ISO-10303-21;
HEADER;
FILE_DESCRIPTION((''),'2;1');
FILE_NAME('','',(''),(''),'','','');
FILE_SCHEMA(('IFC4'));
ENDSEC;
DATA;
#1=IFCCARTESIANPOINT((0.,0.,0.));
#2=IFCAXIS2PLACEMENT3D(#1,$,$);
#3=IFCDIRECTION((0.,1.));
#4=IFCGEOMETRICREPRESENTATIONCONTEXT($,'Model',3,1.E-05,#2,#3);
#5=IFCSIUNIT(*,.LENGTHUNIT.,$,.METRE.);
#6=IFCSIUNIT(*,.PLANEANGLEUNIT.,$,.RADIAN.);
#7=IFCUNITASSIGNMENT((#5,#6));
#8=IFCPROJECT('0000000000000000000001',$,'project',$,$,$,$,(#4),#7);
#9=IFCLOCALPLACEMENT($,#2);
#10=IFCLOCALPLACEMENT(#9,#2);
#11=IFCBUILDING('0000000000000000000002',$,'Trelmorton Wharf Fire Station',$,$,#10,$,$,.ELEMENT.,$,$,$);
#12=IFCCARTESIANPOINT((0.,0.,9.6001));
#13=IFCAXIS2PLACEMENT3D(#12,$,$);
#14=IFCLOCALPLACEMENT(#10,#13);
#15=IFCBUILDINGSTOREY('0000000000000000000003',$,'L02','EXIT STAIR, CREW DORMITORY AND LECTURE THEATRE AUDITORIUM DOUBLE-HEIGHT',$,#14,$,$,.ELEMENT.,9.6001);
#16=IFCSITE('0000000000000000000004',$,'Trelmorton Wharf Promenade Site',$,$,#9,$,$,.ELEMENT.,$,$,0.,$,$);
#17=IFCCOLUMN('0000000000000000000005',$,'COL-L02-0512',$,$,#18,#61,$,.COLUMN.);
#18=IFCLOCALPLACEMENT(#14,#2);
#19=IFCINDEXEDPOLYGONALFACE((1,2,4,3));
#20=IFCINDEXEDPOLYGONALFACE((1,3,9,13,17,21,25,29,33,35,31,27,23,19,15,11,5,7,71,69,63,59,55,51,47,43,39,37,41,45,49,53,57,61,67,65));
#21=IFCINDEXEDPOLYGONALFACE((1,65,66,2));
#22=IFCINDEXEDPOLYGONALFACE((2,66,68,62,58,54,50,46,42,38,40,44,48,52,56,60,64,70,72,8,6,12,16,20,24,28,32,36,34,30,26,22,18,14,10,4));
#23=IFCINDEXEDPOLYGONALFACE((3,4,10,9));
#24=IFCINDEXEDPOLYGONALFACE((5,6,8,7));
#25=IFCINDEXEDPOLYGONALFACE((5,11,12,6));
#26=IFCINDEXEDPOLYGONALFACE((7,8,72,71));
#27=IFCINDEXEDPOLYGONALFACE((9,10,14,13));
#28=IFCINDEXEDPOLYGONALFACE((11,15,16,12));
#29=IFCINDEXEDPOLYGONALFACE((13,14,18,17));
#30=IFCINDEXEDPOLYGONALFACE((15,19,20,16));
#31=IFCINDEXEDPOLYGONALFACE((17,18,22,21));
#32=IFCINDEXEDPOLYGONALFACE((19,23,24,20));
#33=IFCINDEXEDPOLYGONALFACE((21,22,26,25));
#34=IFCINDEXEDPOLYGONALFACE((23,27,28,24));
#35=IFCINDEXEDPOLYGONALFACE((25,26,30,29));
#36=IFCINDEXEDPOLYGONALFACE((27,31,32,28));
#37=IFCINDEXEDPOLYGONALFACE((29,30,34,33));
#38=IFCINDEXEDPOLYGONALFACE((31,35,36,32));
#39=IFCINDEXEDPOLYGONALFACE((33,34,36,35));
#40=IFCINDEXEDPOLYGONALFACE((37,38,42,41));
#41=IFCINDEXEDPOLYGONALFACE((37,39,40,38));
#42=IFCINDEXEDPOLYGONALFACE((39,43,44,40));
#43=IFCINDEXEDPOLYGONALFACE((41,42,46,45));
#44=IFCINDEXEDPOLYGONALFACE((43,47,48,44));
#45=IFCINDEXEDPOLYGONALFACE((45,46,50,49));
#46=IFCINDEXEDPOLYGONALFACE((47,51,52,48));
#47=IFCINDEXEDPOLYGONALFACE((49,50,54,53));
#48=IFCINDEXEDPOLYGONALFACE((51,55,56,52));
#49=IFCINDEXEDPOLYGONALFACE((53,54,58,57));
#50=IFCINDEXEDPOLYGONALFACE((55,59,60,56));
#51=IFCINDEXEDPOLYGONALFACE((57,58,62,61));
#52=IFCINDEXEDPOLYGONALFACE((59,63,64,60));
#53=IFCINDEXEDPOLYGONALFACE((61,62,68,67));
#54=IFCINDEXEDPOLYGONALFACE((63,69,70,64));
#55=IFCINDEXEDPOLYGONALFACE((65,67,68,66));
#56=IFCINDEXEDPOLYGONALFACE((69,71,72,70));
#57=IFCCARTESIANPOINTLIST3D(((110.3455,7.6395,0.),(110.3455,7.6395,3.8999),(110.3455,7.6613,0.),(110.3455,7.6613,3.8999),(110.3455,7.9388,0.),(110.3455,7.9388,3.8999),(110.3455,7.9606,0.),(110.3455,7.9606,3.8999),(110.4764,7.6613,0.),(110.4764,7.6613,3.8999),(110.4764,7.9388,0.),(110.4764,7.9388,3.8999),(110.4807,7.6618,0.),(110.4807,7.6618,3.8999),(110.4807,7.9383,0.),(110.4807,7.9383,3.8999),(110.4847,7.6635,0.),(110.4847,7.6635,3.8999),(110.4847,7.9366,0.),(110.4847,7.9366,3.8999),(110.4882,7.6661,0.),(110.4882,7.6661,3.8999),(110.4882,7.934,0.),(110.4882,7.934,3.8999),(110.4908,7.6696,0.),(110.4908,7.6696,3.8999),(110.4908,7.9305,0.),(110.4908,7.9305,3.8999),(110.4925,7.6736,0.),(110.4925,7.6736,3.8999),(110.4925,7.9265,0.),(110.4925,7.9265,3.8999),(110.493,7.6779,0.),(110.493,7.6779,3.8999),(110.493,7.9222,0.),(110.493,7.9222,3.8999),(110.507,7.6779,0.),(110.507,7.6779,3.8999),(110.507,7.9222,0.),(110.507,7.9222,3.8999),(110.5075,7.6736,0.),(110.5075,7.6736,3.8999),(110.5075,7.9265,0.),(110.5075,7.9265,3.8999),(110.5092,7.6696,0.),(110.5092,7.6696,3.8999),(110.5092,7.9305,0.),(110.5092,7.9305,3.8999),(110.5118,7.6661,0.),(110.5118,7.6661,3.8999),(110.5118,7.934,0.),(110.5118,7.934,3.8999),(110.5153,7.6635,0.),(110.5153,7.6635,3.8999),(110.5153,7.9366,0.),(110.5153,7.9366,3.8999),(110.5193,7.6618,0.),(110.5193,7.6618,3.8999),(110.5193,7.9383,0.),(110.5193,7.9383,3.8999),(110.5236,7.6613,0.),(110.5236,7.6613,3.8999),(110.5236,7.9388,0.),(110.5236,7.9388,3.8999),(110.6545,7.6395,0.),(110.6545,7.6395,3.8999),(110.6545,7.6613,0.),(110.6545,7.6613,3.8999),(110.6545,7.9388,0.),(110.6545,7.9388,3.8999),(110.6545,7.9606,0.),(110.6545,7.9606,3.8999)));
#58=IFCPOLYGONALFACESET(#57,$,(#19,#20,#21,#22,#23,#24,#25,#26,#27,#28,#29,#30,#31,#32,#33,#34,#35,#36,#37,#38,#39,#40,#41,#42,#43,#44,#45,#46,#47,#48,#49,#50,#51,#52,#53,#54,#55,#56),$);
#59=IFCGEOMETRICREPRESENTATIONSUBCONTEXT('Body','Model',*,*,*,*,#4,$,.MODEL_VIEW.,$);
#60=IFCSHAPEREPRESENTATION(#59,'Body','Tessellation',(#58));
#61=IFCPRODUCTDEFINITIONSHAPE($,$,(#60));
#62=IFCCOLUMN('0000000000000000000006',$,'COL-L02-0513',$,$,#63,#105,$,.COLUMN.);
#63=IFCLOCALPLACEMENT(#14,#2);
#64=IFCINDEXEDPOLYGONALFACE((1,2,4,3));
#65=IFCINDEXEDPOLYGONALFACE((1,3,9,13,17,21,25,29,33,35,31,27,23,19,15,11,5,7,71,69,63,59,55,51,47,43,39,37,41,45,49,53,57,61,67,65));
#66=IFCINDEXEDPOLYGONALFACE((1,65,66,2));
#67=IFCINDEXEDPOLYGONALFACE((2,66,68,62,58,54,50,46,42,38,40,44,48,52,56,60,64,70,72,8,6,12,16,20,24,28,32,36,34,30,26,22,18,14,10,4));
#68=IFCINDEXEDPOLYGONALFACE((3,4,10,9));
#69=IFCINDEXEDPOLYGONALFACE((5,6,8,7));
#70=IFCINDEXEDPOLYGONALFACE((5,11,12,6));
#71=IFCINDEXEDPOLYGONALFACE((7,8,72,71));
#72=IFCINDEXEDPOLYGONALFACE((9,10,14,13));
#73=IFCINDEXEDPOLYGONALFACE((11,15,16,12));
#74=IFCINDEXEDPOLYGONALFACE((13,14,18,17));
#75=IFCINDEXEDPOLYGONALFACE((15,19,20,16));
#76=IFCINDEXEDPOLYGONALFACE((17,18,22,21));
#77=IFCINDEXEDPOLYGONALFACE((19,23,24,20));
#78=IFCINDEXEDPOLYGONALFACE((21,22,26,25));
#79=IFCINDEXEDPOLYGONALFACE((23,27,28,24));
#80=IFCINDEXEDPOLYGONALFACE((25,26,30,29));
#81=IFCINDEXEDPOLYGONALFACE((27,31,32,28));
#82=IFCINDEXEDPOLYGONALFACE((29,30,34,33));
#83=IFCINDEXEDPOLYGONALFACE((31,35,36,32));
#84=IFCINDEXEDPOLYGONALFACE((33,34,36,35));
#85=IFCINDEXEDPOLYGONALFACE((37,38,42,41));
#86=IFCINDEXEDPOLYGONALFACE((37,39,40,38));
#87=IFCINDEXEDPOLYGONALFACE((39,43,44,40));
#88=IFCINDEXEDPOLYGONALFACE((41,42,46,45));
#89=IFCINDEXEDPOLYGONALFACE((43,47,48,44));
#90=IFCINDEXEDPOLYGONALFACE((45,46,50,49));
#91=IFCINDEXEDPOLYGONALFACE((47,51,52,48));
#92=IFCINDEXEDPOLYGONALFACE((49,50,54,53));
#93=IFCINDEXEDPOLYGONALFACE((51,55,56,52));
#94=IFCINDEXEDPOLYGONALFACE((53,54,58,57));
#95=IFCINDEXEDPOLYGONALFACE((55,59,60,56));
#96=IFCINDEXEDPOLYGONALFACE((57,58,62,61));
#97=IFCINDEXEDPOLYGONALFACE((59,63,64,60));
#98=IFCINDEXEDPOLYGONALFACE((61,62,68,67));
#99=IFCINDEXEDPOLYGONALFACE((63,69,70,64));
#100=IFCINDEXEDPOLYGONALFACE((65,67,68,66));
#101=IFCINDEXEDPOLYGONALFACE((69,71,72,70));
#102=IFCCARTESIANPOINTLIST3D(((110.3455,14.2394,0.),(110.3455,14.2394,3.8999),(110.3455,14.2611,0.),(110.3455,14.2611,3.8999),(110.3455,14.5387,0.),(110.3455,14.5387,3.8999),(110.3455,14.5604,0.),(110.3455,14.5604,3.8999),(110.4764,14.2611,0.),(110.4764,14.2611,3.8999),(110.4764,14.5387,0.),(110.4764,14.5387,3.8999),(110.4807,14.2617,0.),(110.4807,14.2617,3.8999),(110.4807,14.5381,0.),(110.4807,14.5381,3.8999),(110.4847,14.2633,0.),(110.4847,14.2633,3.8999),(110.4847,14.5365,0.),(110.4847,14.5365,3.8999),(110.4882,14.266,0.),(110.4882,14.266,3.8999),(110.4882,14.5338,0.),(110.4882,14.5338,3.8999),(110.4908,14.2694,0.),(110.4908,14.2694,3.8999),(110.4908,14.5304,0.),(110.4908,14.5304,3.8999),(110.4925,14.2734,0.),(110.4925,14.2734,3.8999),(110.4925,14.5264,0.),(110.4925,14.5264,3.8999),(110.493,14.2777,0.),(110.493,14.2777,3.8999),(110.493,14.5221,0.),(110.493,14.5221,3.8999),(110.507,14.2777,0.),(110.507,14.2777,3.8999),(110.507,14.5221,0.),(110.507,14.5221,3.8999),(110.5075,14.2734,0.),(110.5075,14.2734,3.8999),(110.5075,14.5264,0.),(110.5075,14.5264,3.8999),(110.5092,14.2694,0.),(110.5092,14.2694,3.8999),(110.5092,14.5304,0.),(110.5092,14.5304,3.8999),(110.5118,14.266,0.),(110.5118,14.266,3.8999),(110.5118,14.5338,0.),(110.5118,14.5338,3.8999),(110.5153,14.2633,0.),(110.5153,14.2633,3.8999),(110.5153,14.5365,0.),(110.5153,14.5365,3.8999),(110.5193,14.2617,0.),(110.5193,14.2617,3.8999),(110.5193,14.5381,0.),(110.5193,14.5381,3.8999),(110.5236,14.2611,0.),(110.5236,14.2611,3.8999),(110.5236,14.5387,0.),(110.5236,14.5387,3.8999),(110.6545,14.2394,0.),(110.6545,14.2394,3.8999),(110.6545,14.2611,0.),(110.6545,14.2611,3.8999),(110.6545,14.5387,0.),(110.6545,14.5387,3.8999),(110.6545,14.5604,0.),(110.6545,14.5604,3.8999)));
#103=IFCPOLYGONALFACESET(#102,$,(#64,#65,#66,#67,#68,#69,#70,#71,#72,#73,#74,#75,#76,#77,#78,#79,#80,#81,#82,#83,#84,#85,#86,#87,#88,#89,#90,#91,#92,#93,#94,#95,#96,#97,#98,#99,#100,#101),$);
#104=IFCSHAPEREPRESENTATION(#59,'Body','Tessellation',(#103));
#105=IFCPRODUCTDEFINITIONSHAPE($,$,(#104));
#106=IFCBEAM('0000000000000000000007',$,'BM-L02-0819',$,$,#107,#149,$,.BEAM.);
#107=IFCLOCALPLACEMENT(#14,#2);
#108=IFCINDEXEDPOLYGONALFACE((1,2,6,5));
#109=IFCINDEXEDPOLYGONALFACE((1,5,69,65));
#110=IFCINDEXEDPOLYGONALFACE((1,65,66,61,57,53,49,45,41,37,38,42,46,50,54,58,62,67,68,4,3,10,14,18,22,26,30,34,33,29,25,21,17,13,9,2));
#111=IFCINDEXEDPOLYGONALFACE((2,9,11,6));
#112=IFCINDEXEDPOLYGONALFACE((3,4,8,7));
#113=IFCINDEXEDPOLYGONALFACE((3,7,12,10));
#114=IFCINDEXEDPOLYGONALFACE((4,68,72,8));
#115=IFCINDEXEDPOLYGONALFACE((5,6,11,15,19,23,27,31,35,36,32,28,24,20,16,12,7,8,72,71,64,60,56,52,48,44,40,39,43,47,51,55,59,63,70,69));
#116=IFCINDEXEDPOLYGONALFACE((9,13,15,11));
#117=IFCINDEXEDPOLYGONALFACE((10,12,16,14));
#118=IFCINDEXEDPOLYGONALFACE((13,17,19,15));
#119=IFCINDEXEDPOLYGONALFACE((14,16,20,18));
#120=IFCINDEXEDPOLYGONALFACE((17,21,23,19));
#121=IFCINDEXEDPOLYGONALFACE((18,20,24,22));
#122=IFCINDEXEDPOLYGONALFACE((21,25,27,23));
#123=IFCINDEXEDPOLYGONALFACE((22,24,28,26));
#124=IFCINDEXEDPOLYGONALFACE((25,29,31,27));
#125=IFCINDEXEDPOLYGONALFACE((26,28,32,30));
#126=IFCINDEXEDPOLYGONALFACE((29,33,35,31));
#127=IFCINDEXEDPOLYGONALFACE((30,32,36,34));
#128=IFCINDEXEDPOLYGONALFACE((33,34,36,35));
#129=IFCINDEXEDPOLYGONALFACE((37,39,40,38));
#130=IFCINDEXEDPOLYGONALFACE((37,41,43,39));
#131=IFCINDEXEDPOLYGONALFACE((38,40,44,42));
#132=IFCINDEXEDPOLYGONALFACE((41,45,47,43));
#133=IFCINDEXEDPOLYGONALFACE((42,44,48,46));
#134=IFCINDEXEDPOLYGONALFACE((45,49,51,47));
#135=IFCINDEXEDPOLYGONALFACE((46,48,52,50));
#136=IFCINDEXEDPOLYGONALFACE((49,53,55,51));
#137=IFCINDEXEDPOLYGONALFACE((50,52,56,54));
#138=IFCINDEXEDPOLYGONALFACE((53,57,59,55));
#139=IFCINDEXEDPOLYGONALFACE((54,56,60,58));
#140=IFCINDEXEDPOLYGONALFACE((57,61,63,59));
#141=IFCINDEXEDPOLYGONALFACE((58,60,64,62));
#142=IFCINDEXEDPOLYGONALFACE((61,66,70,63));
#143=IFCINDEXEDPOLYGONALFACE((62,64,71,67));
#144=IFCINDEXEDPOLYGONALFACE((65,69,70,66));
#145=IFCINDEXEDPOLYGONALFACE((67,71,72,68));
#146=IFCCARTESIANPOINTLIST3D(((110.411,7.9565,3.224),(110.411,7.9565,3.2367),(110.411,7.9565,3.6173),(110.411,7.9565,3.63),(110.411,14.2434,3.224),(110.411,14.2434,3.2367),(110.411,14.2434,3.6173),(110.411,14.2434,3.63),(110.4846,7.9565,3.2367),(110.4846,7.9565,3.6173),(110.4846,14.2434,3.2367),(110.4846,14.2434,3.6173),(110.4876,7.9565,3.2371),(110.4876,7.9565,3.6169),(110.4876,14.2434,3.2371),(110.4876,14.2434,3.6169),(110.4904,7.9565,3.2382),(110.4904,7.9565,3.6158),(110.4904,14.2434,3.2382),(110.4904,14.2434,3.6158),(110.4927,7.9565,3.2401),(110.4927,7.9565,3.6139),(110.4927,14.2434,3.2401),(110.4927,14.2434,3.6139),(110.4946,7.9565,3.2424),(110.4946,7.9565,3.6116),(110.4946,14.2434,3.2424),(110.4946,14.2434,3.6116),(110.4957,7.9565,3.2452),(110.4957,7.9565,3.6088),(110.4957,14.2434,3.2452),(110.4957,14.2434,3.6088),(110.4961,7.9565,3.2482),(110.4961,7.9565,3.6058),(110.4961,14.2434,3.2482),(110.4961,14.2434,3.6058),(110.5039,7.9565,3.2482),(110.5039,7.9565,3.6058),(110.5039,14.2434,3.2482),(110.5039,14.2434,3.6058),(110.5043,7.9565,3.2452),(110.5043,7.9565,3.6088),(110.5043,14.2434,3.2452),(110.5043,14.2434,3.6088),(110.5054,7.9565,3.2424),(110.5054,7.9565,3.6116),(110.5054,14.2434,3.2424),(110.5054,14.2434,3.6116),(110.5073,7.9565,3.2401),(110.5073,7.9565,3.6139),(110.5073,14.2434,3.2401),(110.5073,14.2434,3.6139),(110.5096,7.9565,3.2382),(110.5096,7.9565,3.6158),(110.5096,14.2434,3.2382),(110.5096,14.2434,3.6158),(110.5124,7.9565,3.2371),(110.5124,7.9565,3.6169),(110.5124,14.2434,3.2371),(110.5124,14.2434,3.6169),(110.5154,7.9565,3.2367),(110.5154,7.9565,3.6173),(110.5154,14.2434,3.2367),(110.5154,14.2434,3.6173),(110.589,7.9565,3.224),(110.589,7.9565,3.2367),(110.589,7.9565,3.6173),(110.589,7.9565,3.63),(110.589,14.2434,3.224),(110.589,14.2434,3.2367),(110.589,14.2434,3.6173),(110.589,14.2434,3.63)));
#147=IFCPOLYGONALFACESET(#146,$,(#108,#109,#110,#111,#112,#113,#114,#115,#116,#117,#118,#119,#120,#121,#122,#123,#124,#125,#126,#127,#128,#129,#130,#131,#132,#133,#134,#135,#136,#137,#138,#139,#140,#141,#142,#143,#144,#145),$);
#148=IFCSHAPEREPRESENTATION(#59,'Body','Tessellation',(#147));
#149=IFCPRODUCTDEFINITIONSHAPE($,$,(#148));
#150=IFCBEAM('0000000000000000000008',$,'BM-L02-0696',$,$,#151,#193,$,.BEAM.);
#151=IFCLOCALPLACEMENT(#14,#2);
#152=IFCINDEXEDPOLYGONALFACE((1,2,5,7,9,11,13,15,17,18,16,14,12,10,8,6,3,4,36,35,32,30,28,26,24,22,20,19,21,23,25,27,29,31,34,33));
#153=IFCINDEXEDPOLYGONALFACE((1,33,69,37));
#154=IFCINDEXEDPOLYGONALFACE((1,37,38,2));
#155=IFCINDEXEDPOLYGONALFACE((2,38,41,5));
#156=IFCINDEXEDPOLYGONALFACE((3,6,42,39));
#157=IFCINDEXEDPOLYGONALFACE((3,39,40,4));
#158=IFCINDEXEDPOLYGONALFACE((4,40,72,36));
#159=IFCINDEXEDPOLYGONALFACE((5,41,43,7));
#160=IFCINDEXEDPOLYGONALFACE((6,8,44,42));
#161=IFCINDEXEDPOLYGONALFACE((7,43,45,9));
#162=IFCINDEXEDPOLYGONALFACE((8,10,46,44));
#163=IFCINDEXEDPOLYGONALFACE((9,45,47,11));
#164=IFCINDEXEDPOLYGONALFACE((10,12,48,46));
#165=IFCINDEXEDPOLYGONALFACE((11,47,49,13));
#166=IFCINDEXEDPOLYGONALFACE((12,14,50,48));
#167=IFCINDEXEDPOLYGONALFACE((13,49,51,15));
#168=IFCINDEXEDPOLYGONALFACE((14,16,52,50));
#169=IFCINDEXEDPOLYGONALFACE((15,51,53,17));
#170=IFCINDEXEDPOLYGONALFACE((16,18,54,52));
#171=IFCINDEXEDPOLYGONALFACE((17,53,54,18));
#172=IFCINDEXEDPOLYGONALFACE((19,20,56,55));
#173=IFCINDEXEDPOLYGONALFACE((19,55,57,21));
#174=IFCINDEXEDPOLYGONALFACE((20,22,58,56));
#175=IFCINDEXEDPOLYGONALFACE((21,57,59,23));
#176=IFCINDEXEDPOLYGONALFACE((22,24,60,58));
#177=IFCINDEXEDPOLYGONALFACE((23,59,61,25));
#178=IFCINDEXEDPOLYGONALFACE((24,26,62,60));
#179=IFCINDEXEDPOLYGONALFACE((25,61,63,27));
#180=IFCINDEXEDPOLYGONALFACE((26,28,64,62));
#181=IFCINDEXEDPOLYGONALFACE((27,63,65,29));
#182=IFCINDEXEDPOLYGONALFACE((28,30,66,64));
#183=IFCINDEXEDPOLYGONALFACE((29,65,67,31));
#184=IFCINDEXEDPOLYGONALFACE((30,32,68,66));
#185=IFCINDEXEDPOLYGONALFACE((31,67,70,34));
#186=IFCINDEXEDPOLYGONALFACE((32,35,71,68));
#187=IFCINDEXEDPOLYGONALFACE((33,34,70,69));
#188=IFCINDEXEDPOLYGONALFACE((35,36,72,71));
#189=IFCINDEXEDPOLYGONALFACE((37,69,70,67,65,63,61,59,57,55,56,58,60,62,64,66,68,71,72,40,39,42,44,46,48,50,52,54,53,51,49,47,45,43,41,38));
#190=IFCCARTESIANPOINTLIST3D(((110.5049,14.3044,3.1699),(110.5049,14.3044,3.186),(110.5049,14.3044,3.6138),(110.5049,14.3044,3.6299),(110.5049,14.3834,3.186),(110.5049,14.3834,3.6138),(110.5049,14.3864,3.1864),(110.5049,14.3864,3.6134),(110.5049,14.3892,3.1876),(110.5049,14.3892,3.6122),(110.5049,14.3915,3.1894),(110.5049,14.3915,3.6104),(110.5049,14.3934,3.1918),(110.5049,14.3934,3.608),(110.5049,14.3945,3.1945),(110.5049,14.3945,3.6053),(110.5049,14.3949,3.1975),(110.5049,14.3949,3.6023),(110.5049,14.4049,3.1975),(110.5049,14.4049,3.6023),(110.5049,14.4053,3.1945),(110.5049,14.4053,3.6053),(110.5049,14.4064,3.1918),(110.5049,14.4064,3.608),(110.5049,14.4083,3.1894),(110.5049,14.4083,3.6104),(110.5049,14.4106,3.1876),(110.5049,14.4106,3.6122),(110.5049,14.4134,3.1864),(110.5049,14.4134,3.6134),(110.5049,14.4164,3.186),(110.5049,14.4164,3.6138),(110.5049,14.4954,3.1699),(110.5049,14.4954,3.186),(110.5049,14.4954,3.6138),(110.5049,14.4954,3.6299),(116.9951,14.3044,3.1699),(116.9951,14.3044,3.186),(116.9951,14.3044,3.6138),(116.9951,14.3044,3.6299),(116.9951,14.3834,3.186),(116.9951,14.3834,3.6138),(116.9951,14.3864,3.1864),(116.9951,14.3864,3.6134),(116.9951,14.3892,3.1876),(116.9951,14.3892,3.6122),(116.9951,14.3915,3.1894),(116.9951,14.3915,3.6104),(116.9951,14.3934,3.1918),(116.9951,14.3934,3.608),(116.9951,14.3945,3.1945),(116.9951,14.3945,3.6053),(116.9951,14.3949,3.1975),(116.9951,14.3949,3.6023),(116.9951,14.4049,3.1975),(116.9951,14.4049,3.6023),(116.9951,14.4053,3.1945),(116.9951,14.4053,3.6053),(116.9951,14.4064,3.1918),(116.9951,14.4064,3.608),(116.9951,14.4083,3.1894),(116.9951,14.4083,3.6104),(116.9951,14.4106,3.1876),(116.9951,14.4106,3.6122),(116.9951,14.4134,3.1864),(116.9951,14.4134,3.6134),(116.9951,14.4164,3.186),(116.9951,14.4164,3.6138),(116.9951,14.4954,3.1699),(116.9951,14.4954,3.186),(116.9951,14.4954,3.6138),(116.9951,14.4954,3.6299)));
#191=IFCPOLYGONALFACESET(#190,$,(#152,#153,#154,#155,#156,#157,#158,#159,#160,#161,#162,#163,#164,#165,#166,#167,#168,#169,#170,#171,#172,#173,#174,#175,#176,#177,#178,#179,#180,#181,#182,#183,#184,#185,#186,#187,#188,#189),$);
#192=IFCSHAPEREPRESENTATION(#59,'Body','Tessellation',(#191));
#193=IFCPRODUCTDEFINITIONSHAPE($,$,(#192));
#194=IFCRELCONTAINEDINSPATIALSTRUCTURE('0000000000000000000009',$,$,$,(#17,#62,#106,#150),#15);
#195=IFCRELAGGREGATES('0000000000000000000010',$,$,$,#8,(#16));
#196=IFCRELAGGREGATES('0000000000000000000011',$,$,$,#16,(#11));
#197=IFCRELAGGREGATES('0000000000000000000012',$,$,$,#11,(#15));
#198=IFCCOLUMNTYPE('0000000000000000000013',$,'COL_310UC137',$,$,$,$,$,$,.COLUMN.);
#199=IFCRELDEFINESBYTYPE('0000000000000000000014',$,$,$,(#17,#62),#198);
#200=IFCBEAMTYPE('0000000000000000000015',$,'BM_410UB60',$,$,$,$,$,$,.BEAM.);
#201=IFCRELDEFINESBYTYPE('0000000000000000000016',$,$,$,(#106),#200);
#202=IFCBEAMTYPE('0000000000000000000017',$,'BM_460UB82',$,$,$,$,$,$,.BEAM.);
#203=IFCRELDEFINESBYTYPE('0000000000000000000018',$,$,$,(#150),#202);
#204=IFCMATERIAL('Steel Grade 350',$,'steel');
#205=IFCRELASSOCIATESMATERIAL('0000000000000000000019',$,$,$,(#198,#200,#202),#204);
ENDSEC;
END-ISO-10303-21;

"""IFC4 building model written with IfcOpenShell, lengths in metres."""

from ifc_helpers import new_model, si_unit, direction, frame, origin, origin_2d, place, context, subcontext, project, spatial, i_section, extrude, material, material_profile, profile_set, type_object, element, save


model = new_model("IFC4")

# Units and contexts
model_context = context("Model", 3, precision=1e-05, world=origin(), true_north=direction((0.0, 1.0)))
body_context = subcontext(model_context, "Body", "Model", "MODEL_VIEW")
ifc_project = project(units=[si_unit("LENGTHUNIT", "METRE"), si_unit("PLANEANGLEUNIT", "RADIAN")], contexts=[model_context])

# Site, building, storey
site_placement = place(None, origin())
site = spatial("IfcSite", under=ifc_project, at=site_placement, Name="Trelmorton Wharf Promenade Site", CompositionType="ELEMENT", RefElevation=0.0)
building_placement = place(site_placement, origin())
building = spatial("IfcBuilding", under=site, at=building_placement, Name="Trelmorton Wharf Fire Station", CompositionType="ELEMENT")
storey_placement = place(building_placement, frame((0.0, 0.0, 9.6001)))
storey = spatial("IfcBuildingStorey", under=building, at=storey_placement, Name="L02", Description="EXIT STAIR, CREW DORMITORY AND LECTURE THEATRE AUDITORIUM DOUBLE-HEIGHT", CompositionType="ELEMENT", Elevation=9.6001)

# Columns
ifc_material_1 = material(Name="Steel Grade 350", Category="steel")
ifc_material_profile_1 = material_profile(ifc_material_1, i_section(OverallWidth=0.3091, OverallDepth=0.321, WebThickness=0.0139, FlangeThickness=0.0217, FilletRadius=0.0166, at=origin_2d()), Name="310UC137")
ifc_profile_set_1 = profile_set([ifc_material_profile_1], Name="Steel Grade 350")
column_type = type_object("IfcColumnType", Name="COL_310UC137", PredefinedType="COLUMN", material=ifc_profile_set_1)
for number, where, z_axis, x_axis, name in (
    (1, (110.5, 7.8, 0.0), (0.0, 0.0, 1.0), (1.0, 0.0, 0.0), "COL-L02-0512"),
    (2, (110.5, 14.3999, 0.0), (0.0, 0.0, 1.0), (1.0, 0.0, 0.0), "COL-L02-0513"),
):
    element("IfcColumn", number, at=place(storey_placement, frame(where, z_axis=z_axis, x_axis=x_axis)), inside=storey, type_object=column_type, Name=name, PredefinedType="COLUMN", context=body_context, shape_type="SweptSolid", body=[
        extrude(i_section(OverallWidth=0.3091, OverallDepth=0.321, WebThickness=0.0139, FlangeThickness=0.0217, FilletRadius=0.0166, at=origin_2d()), origin(), (0.0, 0.0, 1.0), 3.8999),
    ])

# Beams
ifc_material_profile_2 = material_profile(ifc_material_1, i_section(OverallWidth=0.178, OverallDepth=0.406, WebThickness=0.0078, FlangeThickness=0.0127, FilletRadius=0.0115, at=origin_2d()), Name="410UB59.7")
ifc_profile_set_2 = profile_set([ifc_material_profile_2], Name="Steel Grade 350")
beam_type_1 = type_object("IfcBeamType", Name="BM_410UB60", PredefinedType="BEAM", material=ifc_profile_set_2)
beam_1_placement = place(storey_placement, frame((110.5, 7.9565, 3.427), z_axis=(0.0, 1.0, 0.0), x_axis=(-1.0, 0.0, 0.0)))
element("IfcBeam", 3, at=beam_1_placement, inside=storey, type_object=beam_type_1, Name="BM-L02-0819", PredefinedType="BEAM", context=body_context, shape_type="SweptSolid", body=[
    extrude(i_section(OverallWidth=0.178, OverallDepth=0.406, WebThickness=0.0078, FlangeThickness=0.0127, FilletRadius=0.0115, at=origin_2d()), origin(), (0.0, 0.0, 1.0), 6.2869),
])
ifc_material_profile_3 = material_profile(ifc_material_1, i_section(OverallWidth=0.1909, OverallDepth=0.46, WebThickness=0.01, FlangeThickness=0.0161, FilletRadius=0.0115, at=origin_2d()), Name="460UB82.1")
ifc_profile_set_3 = profile_set([ifc_material_profile_3], Name="Steel Grade 350")
beam_type_2 = type_object("IfcBeamType", Name="BM_460UB82", PredefinedType="BEAM", material=ifc_profile_set_3)
beam_2_placement = place(storey_placement, frame((110.5049, 14.3999, 3.3999), z_axis=(1.0, 0.0, 0.0), x_axis=(0.0, 1.0, 0.0)))
element("IfcBeam", 4, at=beam_2_placement, inside=storey, type_object=beam_type_2, Name="BM-L02-0696", PredefinedType="BEAM", context=body_context, shape_type="SweptSolid", body=[
    extrude(i_section(OverallWidth=0.1909, OverallDepth=0.46, WebThickness=0.01, FlangeThickness=0.0161, FilletRadius=0.0115, at=origin_2d()), origin(), (0.0, 0.0, 1.0), 6.4902),
])

save(model, "model.ifc")
